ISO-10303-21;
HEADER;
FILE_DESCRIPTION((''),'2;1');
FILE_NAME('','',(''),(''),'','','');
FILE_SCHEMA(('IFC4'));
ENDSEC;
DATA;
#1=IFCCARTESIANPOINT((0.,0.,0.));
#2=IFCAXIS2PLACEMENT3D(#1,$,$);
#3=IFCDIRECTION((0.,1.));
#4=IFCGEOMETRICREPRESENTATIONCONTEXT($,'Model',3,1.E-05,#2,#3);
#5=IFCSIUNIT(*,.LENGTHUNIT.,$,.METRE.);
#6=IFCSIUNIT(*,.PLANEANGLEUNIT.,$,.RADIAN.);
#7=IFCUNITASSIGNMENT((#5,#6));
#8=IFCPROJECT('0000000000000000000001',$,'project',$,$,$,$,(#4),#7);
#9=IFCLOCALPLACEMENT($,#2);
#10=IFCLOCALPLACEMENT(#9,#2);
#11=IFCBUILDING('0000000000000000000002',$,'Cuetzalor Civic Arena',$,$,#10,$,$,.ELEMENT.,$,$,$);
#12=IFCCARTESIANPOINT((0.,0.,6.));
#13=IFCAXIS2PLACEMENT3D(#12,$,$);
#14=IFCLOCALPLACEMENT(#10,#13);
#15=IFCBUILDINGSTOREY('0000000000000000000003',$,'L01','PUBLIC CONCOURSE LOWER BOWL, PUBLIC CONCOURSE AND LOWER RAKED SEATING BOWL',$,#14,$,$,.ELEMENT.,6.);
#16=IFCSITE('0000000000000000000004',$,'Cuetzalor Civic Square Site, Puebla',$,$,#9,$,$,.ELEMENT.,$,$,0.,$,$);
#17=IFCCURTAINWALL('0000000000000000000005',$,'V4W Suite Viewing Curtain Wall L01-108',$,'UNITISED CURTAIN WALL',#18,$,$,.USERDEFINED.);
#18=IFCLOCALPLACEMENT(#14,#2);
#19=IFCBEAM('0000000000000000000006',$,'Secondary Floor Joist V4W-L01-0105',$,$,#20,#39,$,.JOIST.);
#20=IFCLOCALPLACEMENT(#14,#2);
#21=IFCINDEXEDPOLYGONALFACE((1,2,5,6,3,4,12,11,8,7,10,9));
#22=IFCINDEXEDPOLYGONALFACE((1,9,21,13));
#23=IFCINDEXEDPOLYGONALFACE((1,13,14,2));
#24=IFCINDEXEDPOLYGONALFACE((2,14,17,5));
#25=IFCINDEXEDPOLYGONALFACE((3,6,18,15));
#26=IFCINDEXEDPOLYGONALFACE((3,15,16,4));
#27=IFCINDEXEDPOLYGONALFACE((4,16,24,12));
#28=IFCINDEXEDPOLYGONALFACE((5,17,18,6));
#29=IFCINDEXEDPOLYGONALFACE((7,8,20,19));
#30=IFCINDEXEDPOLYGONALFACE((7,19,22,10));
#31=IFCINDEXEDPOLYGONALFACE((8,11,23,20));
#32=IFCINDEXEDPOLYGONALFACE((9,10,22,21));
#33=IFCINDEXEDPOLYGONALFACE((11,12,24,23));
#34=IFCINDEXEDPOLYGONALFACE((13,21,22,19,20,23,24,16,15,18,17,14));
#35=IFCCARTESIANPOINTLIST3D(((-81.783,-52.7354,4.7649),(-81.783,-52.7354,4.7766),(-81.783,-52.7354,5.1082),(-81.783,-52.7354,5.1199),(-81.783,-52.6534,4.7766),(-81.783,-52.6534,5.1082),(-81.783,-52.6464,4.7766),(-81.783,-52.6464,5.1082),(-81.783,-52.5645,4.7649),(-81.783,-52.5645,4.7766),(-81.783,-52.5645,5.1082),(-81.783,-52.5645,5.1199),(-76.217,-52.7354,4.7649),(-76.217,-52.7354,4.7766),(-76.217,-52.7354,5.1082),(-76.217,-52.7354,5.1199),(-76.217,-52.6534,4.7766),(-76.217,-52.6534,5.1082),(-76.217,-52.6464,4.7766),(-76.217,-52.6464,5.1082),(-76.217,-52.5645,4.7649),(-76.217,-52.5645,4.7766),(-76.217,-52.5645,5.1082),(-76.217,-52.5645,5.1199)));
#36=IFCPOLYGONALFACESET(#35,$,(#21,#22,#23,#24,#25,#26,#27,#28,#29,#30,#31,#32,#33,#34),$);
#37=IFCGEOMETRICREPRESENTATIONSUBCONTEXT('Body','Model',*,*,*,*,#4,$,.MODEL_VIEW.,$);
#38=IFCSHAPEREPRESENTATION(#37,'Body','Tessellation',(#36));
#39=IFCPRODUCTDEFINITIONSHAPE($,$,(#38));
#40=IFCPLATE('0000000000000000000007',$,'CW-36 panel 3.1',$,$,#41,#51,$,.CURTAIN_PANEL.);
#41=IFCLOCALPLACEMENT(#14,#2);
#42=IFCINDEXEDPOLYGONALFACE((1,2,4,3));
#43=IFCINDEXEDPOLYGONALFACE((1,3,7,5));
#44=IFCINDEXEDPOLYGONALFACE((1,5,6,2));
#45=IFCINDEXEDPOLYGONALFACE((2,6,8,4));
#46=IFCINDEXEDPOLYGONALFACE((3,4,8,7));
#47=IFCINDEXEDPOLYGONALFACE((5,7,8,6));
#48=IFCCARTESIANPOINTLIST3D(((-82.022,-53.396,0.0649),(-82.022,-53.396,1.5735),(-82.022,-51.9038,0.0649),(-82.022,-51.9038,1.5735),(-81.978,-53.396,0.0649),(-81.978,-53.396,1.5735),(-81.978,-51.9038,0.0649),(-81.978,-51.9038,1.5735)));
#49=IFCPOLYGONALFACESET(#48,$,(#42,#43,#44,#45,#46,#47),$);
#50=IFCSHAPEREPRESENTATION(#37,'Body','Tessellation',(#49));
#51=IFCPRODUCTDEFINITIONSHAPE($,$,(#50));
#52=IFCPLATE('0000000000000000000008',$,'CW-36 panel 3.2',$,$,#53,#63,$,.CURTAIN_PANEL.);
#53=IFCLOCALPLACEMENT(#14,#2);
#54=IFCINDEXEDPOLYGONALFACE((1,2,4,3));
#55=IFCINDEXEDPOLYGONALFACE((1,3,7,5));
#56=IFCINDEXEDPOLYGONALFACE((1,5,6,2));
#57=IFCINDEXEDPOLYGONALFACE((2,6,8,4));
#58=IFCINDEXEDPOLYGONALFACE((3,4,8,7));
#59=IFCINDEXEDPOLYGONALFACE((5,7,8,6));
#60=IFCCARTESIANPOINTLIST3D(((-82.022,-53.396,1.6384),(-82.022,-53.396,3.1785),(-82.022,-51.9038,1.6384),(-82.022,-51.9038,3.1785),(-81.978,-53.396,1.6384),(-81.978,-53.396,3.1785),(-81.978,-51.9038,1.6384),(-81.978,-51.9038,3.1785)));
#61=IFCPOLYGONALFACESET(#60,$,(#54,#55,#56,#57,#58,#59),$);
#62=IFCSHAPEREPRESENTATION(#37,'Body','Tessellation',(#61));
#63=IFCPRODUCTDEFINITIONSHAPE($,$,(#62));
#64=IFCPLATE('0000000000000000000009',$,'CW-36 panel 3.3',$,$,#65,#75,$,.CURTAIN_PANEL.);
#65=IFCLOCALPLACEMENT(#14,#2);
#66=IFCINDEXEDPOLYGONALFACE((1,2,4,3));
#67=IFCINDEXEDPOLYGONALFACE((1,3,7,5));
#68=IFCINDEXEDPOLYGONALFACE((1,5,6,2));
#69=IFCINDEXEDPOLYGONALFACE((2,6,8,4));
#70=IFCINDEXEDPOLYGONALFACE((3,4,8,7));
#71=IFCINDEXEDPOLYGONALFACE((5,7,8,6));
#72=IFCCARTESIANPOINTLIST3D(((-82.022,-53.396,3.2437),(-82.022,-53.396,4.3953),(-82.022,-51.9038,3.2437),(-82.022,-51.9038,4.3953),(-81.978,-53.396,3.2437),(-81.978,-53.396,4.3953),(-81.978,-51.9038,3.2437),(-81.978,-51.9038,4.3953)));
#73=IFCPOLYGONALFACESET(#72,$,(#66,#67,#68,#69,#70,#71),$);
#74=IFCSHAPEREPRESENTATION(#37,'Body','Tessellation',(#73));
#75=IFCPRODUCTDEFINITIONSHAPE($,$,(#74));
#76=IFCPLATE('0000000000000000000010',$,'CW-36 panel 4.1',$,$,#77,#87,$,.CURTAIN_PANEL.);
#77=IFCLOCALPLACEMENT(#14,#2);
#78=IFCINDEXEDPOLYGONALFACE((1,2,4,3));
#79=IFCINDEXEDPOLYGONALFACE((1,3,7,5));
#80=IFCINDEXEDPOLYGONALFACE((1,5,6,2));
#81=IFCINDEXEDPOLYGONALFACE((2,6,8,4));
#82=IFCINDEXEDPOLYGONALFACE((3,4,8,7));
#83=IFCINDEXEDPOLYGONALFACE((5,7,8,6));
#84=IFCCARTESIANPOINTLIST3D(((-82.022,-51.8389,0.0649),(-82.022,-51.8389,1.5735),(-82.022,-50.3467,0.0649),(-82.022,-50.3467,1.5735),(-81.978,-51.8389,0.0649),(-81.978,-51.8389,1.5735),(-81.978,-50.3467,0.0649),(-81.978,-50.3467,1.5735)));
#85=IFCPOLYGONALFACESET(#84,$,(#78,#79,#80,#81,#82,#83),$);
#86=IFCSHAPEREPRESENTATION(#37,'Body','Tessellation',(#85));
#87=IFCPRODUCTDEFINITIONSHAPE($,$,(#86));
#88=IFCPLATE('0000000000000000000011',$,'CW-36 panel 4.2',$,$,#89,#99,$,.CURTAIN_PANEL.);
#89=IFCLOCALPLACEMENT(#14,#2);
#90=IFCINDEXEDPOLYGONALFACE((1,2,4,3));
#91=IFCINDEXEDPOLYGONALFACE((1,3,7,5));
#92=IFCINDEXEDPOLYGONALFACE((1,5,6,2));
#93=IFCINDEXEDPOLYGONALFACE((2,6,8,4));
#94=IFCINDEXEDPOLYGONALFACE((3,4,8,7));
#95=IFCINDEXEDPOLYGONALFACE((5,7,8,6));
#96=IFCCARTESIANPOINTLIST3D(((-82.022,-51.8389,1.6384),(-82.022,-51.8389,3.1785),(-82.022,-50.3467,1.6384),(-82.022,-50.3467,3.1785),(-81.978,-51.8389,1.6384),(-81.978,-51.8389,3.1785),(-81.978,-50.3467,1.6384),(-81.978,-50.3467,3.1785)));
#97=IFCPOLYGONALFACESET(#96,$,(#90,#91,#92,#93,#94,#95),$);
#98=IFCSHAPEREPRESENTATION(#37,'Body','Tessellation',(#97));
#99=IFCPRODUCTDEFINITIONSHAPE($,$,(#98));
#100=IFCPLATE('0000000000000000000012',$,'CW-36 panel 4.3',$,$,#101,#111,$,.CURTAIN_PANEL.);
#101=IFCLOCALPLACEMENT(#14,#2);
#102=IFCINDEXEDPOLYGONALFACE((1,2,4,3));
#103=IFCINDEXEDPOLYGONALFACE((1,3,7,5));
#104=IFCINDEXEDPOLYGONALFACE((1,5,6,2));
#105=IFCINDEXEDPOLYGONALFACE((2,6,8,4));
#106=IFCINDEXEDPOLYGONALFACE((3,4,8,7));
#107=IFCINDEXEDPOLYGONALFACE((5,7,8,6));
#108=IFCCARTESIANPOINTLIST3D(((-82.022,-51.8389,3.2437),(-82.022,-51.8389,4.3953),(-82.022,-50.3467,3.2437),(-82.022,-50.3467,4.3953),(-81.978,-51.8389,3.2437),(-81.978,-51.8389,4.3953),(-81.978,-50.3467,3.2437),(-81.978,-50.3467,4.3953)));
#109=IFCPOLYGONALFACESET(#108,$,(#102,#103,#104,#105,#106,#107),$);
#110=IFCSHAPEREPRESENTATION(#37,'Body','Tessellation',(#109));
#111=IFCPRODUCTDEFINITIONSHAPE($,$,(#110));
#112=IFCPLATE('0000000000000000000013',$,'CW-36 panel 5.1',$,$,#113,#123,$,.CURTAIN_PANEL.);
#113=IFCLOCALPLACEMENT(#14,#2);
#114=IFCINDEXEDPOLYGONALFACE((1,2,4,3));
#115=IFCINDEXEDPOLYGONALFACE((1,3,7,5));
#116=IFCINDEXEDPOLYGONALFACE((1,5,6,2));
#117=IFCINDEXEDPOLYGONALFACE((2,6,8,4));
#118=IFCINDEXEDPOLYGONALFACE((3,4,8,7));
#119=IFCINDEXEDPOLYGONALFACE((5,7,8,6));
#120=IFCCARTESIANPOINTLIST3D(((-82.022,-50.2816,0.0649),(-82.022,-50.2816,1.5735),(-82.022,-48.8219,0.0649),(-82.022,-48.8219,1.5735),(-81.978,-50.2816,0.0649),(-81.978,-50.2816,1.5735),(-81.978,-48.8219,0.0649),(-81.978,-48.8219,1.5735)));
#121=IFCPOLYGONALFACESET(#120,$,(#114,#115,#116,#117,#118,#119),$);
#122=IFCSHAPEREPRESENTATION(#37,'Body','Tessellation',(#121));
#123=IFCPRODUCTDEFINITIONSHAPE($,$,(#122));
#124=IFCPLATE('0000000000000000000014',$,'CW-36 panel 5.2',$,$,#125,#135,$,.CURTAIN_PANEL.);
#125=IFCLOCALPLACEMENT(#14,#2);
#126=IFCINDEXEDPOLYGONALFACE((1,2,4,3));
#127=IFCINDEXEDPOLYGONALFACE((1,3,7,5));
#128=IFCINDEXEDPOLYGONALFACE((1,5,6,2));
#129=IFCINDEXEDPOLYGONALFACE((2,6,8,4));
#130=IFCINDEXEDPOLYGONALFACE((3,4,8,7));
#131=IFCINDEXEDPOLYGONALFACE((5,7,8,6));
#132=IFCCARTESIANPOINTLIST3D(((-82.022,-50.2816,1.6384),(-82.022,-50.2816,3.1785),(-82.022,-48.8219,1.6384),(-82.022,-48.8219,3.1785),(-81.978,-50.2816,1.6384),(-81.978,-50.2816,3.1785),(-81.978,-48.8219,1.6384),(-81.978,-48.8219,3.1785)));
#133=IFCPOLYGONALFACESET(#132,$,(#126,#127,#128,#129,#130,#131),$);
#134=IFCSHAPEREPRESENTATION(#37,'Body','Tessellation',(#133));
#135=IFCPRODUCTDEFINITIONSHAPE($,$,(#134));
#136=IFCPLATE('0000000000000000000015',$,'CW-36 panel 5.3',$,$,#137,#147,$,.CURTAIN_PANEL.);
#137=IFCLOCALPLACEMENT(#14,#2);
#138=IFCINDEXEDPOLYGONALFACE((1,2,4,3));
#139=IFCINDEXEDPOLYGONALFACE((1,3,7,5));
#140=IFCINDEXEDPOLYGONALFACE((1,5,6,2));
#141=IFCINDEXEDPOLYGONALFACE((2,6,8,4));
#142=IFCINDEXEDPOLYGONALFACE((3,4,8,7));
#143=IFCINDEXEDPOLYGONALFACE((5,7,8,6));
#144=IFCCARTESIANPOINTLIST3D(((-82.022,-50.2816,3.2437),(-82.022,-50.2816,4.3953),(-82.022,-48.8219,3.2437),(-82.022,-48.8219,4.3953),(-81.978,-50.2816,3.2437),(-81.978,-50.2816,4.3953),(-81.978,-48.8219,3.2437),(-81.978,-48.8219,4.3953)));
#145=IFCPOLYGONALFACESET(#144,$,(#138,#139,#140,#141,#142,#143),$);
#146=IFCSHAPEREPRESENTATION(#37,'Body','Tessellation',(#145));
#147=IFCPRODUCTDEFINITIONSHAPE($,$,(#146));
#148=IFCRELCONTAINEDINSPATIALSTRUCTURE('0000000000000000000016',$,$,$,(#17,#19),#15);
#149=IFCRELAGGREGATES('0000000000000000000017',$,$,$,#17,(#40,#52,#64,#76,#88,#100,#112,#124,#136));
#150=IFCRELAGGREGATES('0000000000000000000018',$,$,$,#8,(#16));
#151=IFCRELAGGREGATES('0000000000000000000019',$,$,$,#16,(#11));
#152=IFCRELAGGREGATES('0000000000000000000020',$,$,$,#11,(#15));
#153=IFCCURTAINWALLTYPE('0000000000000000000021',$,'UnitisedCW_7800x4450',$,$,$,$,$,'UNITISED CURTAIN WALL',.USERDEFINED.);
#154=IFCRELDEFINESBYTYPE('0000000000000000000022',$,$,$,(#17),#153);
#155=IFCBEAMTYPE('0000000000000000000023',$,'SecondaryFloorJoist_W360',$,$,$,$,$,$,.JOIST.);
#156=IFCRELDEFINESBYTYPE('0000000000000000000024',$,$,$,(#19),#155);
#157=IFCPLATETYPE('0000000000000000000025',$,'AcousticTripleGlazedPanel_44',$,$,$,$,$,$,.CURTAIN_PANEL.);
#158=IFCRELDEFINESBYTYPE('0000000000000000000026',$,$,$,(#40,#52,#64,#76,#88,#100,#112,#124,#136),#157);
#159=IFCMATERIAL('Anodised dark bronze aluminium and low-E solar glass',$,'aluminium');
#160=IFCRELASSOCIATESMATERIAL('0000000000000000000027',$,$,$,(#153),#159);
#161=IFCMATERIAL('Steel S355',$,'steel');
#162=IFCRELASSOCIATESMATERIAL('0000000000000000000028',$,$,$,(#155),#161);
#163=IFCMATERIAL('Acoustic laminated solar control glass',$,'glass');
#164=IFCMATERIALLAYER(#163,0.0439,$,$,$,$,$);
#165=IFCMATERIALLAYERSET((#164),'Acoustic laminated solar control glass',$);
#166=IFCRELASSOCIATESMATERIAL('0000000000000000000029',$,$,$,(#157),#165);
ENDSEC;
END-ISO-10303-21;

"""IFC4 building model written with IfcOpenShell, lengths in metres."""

from ifc_helpers import new_model, si_unit, direction, frame, origin, origin_2d, place, context, subcontext, project, spatial, rectangle, i_section, extrude, material, layer, layer_set, material_profile, profile_set, type_object, element, aggregate, save


model = new_model("IFC4")

# Units and contexts
model_context = context("Model", 3, precision=1e-05, world=origin(), true_north=direction((0.0, 1.0)))
body_context = subcontext(model_context, "Body", "Model", "MODEL_VIEW")
ifc_project = project(units=[si_unit("LENGTHUNIT", "METRE"), si_unit("PLANEANGLEUNIT", "RADIAN")], contexts=[model_context])

# Site, building, storey
site_placement = place(None, origin())
site = spatial("IfcSite", under=ifc_project, at=site_placement, Name="Cuetzalor Civic Square Site, Puebla", CompositionType="ELEMENT", RefElevation=0.0)
building_placement = place(site_placement, origin())
building = spatial("IfcBuilding", under=site, at=building_placement, Name="Cuetzalor Civic Arena", CompositionType="ELEMENT")
storey_placement = place(building_placement, frame((0.0, 0.0, 6.0)))
storey = spatial("IfcBuildingStorey", under=building, at=storey_placement, Name="L01", Description="PUBLIC CONCOURSE LOWER BOWL, PUBLIC CONCOURSE AND LOWER RAKED SEATING BOWL", CompositionType="ELEMENT", Elevation=6.0)

# Curtain wall
ifc_material_1 = material(Name="Anodised dark bronze aluminium and low-E solar glass", Category="aluminium")
curtain_wall_type = type_object("IfcCurtainWallType", Name="UnitisedCW_7800x4450", ElementType="UNITISED CURTAIN WALL", PredefinedType="USERDEFINED", material=ifc_material_1)
curtain_wall_placement = place(storey_placement, origin())
curtain_wall = element("IfcCurtainWall", 1, at=curtain_wall_placement, inside=storey, type_object=curtain_wall_type, Name="V4W Suite Viewing Curtain Wall L01-108", ObjectType="UNITISED CURTAIN WALL", PredefinedType="USERDEFINED")

# Beam
ifc_material_2 = material(Name="Steel S355", Category="steel")
ifc_material_profile_1 = material_profile(ifc_material_2, i_section(OverallWidth=0.1709, OverallDepth=0.355, WebThickness=0.0071, FlangeThickness=0.0117, at=origin_2d()), Name="W360x51")
ifc_profile_set_1 = profile_set([ifc_material_profile_1], Name="Steel S355")
beam_type = type_object("IfcBeamType", Name="SecondaryFloorJoist_W360", PredefinedType="JOIST", material=ifc_profile_set_1)
beam_placement = place(storey_placement, frame((-81.783, -52.6499, 4.9424), z_axis=(1.0, 0.0, 0.0), x_axis=(0.0, 1.0, 0.0)))
element("IfcBeam", 2, at=beam_placement, inside=storey, type_object=beam_type, Name="Secondary Floor Joist V4W-L01-0105", PredefinedType="JOIST", context=body_context, shape_type="SweptSolid", body=[
    extrude(i_section(OverallWidth=0.1709, OverallDepth=0.355, WebThickness=0.0071, FlangeThickness=0.0117, at=origin_2d()), origin(), (0.0, 0.0, 1.0), 5.5659),
])

# Plates
ifc_material_3 = material(Name="Acoustic laminated solar control glass", Category="glass")
ifc_layer = layer(ifc_material_3, 0.0439)
ifc_layer_set = layer_set([ifc_layer], Name="Acoustic laminated solar control glass")
plate_type = type_object("IfcPlateType", Name="AcousticTripleGlazedPanel_44", PredefinedType="CURTAIN_PANEL", material=ifc_layer_set)
plate_1_placement = place(storey_placement, frame((-82.0, -52.6499, 0.0649), z_axis=(0.0, 0.0, 1.0), x_axis=(0.0, 1.0, 0.0)))
plate_1 = element("IfcPlate", 3, at=plate_1_placement, type_object=plate_type, Name="CW-36 panel 3.1", PredefinedType="CURTAIN_PANEL", context=body_context, shape_type="SweptSolid", body=[
    extrude(rectangle(XDim=1.4922, YDim=0.0439, at=origin_2d()), origin(), (0.0, 0.0, 1.0), 1.5085),
])
plate_2_placement = place(storey_placement, frame((-82.0, -52.6499, 1.6384), z_axis=(0.0, 0.0, 1.0), x_axis=(0.0, 1.0, 0.0)))
plate_2 = element("IfcPlate", 4, at=plate_2_placement, type_object=plate_type, Name="CW-36 panel 3.2", PredefinedType="CURTAIN_PANEL", context=body_context, shape_type="SweptSolid", body=[
    extrude(rectangle(XDim=1.4922, YDim=0.0439, at=origin_2d()), origin(), (0.0, 0.0, 1.0), 1.54),
])
plate_3_placement = place(storey_placement, frame((-82.0, -52.6499, 3.2437), z_axis=(0.0, 0.0, 1.0), x_axis=(0.0, 1.0, 0.0)))
plate_3 = element("IfcPlate", 5, at=plate_3_placement, type_object=plate_type, Name="CW-36 panel 3.3", PredefinedType="CURTAIN_PANEL", context=body_context, shape_type="SweptSolid", body=[
    extrude(rectangle(XDim=1.4922, YDim=0.0439, at=origin_2d()), origin(), (0.0, 0.0, 1.0), 1.1516),
])
plate_4_placement = place(storey_placement, frame((-82.0, -51.0928, 0.0649), z_axis=(0.0, 0.0, 1.0), x_axis=(0.0, 1.0, 0.0)))
plate_4 = element("IfcPlate", 6, at=plate_4_placement, type_object=plate_type, Name="CW-36 panel 4.1", PredefinedType="CURTAIN_PANEL", context=body_context, shape_type="SweptSolid", body=[
    extrude(rectangle(XDim=1.4922, YDim=0.0439, at=origin_2d()), origin(), (0.0, 0.0, 1.0), 1.5085),
])
plate_5_placement = place(storey_placement, frame((-82.0, -51.0928, 1.6384), z_axis=(0.0, 0.0, 1.0), x_axis=(0.0, 1.0, 0.0)))
plate_5 = element("IfcPlate", 7, at=plate_5_placement, type_object=plate_type, Name="CW-36 panel 4.2", PredefinedType="CURTAIN_PANEL", context=body_context, shape_type="SweptSolid", body=[
    extrude(rectangle(XDim=1.4922, YDim=0.0439, at=origin_2d()), origin(), (0.0, 0.0, 1.0), 1.54),
])
plate_6_placement = place(storey_placement, frame((-82.0, -51.0928, 3.2437), z_axis=(0.0, 0.0, 1.0), x_axis=(0.0, 1.0, 0.0)))
plate_6 = element("IfcPlate", 8, at=plate_6_placement, type_object=plate_type, Name="CW-36 panel 4.3", PredefinedType="CURTAIN_PANEL", context=body_context, shape_type="SweptSolid", body=[
    extrude(rectangle(XDim=1.4922, YDim=0.0439, at=origin_2d()), origin(), (0.0, 0.0, 1.0), 1.1516),
])
plate_7_placement = place(storey_placement, frame((-82.0, -49.5518, 0.0649), z_axis=(0.0, 0.0, 1.0), x_axis=(0.0, 1.0, 0.0)))
plate_7 = element("IfcPlate", 9, at=plate_7_placement, type_object=plate_type, Name="CW-36 panel 5.1", PredefinedType="CURTAIN_PANEL", context=body_context, shape_type="SweptSolid", body=[
    extrude(rectangle(XDim=1.4597, YDim=0.0439, at=origin_2d()), origin(), (0.0, 0.0, 1.0), 1.5085),
])
plate_8_placement = place(storey_placement, frame((-82.0, -49.5518, 1.6384), z_axis=(0.0, 0.0, 1.0), x_axis=(0.0, 1.0, 0.0)))
plate_8 = element("IfcPlate", 10, at=plate_8_placement, type_object=plate_type, Name="CW-36 panel 5.2", PredefinedType="CURTAIN_PANEL", context=body_context, shape_type="SweptSolid", body=[
    extrude(rectangle(XDim=1.4597, YDim=0.0439, at=origin_2d()), origin(), (0.0, 0.0, 1.0), 1.54),
])
plate_9_placement = place(storey_placement, frame((-82.0, -49.5518, 3.2437), z_axis=(0.0, 0.0, 1.0), x_axis=(0.0, 1.0, 0.0)))
plate_9 = element("IfcPlate", 11, at=plate_9_placement, type_object=plate_type, Name="CW-36 panel 5.3", PredefinedType="CURTAIN_PANEL", context=body_context, shape_type="SweptSolid", body=[
    extrude(rectangle(XDim=1.4597, YDim=0.0439, at=origin_2d()), origin(), (0.0, 0.0, 1.0), 1.1516),
])
aggregate(curtain_wall, [plate_1, plate_2, plate_3, plate_4, plate_5, plate_6, plate_7, plate_8, plate_9])

save(model, "model.ifc")
